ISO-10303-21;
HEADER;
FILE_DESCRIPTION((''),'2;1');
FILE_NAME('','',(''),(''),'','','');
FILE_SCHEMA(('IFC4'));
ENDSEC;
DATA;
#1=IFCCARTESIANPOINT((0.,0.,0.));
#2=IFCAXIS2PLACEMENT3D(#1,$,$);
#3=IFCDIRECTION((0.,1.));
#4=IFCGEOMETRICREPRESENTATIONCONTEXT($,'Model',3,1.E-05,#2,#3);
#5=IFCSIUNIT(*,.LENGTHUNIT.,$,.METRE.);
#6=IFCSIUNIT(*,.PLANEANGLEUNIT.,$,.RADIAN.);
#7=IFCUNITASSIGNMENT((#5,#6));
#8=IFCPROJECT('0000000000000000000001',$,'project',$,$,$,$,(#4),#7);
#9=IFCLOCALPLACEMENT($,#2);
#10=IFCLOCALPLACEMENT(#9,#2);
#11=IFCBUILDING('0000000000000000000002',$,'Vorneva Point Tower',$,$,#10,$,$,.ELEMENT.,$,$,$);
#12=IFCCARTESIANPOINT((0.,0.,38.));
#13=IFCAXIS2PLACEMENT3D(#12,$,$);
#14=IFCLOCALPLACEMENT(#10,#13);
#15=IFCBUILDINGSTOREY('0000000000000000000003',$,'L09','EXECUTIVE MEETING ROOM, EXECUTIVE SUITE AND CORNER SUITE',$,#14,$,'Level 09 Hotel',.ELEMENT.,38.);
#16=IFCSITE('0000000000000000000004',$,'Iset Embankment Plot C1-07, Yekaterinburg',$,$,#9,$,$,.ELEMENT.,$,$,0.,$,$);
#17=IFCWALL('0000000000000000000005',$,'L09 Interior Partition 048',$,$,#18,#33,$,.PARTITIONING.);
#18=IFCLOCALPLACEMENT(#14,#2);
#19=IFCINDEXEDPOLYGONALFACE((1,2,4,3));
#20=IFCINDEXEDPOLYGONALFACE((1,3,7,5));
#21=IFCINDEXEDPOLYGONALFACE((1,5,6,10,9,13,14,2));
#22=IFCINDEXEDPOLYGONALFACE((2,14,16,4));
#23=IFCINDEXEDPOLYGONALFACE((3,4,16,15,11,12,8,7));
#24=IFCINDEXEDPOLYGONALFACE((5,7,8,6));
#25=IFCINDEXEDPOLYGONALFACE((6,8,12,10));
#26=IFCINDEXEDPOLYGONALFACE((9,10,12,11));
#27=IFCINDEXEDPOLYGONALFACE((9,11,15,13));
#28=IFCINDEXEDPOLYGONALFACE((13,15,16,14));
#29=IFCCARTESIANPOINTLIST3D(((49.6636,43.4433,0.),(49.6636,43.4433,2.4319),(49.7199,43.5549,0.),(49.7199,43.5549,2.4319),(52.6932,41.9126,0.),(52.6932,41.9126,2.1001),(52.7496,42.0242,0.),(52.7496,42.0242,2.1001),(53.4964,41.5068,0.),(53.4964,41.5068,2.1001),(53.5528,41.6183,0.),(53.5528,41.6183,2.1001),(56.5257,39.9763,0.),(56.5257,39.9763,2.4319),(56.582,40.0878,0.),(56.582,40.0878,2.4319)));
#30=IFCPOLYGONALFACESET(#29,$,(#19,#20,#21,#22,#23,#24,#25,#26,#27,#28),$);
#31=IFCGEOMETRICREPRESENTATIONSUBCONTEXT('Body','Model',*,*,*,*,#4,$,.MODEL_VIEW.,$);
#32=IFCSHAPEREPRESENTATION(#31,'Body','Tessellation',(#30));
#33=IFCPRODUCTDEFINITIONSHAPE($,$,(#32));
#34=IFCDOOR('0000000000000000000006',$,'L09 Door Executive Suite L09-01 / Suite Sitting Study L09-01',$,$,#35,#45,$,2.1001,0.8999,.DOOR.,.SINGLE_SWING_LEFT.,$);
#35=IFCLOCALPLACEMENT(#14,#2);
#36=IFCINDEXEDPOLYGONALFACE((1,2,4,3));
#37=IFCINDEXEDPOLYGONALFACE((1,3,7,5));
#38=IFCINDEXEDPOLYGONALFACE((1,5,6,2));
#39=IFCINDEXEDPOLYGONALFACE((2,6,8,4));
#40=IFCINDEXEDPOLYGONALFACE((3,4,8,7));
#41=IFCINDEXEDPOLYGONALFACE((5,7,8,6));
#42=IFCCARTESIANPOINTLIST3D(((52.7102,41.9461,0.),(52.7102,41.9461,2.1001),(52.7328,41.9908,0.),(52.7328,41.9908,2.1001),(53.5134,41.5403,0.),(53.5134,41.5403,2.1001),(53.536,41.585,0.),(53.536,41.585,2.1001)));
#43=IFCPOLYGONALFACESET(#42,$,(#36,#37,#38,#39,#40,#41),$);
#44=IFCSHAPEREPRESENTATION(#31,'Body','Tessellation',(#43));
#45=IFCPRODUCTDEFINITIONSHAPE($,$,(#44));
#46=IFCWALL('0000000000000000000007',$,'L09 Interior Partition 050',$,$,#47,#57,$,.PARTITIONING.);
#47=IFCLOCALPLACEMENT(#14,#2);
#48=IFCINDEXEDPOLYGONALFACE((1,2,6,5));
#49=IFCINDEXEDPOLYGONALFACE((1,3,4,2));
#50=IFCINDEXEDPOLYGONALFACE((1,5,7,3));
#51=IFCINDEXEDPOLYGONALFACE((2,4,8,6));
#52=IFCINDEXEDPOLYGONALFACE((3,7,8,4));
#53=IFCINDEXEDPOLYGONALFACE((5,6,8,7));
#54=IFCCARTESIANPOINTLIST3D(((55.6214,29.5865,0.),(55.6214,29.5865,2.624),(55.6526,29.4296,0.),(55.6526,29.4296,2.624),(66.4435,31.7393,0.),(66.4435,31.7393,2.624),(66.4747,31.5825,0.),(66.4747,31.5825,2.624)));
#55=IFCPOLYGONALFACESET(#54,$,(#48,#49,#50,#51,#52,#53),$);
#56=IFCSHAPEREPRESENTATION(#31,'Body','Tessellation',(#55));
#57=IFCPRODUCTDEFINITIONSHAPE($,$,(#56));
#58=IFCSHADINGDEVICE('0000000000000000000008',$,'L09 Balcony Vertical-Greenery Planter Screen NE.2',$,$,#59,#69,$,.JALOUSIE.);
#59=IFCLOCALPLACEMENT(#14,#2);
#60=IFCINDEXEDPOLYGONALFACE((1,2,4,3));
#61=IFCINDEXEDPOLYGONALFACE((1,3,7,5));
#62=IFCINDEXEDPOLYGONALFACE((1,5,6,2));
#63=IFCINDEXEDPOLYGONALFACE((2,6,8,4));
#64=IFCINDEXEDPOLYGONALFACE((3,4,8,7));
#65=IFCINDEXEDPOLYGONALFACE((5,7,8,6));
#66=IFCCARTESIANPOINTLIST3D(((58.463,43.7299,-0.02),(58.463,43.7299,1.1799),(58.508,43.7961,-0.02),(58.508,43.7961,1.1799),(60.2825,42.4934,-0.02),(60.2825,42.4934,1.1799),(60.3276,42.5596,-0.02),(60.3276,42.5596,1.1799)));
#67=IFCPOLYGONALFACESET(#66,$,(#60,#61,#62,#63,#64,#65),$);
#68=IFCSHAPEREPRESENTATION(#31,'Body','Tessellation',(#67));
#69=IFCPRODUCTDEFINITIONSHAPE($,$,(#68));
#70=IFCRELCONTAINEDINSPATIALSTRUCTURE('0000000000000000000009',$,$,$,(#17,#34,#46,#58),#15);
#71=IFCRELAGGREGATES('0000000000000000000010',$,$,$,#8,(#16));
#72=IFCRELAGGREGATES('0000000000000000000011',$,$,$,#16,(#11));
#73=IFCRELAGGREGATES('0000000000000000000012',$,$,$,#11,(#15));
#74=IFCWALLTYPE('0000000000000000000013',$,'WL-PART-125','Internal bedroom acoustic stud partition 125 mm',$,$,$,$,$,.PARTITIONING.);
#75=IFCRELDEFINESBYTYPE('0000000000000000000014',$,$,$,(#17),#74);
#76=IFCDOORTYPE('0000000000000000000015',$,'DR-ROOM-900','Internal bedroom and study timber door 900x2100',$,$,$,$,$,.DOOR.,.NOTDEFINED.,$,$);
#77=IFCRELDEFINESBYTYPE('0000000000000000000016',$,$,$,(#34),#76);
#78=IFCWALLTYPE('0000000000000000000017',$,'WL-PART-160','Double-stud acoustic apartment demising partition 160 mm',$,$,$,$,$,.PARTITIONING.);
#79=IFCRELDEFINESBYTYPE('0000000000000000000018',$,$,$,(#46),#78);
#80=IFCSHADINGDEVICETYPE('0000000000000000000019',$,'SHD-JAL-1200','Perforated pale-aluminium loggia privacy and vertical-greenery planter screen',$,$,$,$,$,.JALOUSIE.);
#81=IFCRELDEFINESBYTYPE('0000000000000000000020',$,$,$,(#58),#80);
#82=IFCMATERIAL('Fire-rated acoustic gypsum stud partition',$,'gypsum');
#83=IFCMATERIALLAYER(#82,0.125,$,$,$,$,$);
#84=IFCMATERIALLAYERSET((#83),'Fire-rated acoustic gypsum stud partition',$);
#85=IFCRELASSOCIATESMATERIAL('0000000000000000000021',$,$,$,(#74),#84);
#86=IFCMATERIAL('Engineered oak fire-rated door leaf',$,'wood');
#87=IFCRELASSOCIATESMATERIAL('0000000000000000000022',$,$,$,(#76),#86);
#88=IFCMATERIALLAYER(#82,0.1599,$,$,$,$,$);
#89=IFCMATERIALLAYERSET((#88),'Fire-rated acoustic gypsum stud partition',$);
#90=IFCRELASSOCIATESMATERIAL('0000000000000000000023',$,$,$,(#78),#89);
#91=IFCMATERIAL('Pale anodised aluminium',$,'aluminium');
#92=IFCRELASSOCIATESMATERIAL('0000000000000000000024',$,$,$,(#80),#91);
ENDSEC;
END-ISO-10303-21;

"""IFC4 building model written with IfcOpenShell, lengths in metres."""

from ifc_helpers import new_model, si_unit, direction, frame, frame_2d, origin, origin_2d, place, context, subcontext, project, spatial, rectangle, extrude, material, layer, layer_set, type_object, element, fill, save


model = new_model("IFC4")

# Units and contexts
model_context = context("Model", 3, precision=1e-05, world=origin(), true_north=direction((0.0, 1.0)))
body_context = subcontext(model_context, "Body", "Model", "MODEL_VIEW")
ifc_project = project(units=[si_unit("LENGTHUNIT", "METRE"), si_unit("PLANEANGLEUNIT", "RADIAN")], contexts=[model_context])

# Site, building, storey
site_placement = place(None, origin())
site = spatial("IfcSite", under=ifc_project, at=site_placement, Name="Iset Embankment Plot C1-07, Yekaterinburg", CompositionType="ELEMENT", RefElevation=0.0)
building_placement = place(site_placement, origin())
building = spatial("IfcBuilding", under=site, at=building_placement, Name="Vorneva Point Tower", CompositionType="ELEMENT")
storey_placement = place(building_placement, frame((0.0, 0.0, 38.0)))
storey = spatial("IfcBuildingStorey", under=building, at=storey_placement, Name="L09", Description="EXECUTIVE MEETING ROOM, EXECUTIVE SUITE AND CORNER SUITE", LongName="Level 09 Hotel", CompositionType="ELEMENT", Elevation=38.0)

# Shared definitions
ifc_material_1 = material(Name="Pale anodised aluminium", Category="aluminium")

# Shared definitions
ifc_material_2 = material(Name="Fire-rated acoustic gypsum stud partition", Category="gypsum")
ifc_layer_1 = layer(ifc_material_2, 0.125)
ifc_layer_set_1 = layer_set([ifc_layer_1], Name="Fire-rated acoustic gypsum stud partition")
wall_type_1 = type_object("IfcWallType", Name="WL-PART-125", Description="Internal bedroom acoustic stud partition 125 mm", PredefinedType="PARTITIONING", material=ifc_layer_set_1)

# Wall, opening, door
wall_1_placement = place(storey_placement, frame((56.554, 40.032, 0.0), z_axis=(0.0, 0.0, 1.0), x_axis=(-0.892546, 0.450957, 0.0)))
wall_1 = element("IfcWall", 1, at=wall_1_placement, inside=storey, type_object=wall_type_1, Name="L09 Interior Partition 048", PredefinedType="PARTITIONING", context=body_context, shape_type="SweptSolid", body=[
    extrude(rectangle(XDim=7.6882, YDim=0.125, at=frame_2d((3.8442, 0.0))), origin(), (0.0, 0.0, 1.0), 2.4319),
])
opening_1_placement = place(wall_1_placement, frame((3.394, 0.0, 0.0)))
opening_1 = element("IfcOpeningElement", 2, at=opening_1_placement, cuts=wall_1, PredefinedType="OPENING", context=body_context, shape_type="SweptSolid", body=[
    extrude(rectangle(XDim=0.8999, YDim=2.1001, at=frame_2d((0.45, 1.05))), frame((0.0, 0.0774, 0.0), z_axis=(0.0, -1.0, 0.0), x_axis=(1.0, 0.0, 0.0)), (0.0, 0.0, 1.0), 0.1548),
])
ifc_material_3 = material(Name="Engineered oak fire-rated door leaf", Category="wood")
door_type_1 = type_object("IfcDoorType", Name="DR-ROOM-900", Description="Internal bedroom and study timber door 900x2100", OperationType="NOTDEFINED", PredefinedType="DOOR", material=ifc_material_3)
door_1_placement = place(opening_1_placement, origin())
door_1 = element("IfcDoor", 3, at=door_1_placement, inside=storey, type_object=door_type_1, Name="L09 Door Executive Suite L09-01 / Suite Sitting Study L09-01", OperationType="SINGLE_SWING_LEFT", OverallHeight=2.1001, OverallWidth=0.8999, PredefinedType="DOOR", context=body_context, shape_type="SweptSolid", body=[
    extrude(rectangle(XDim=0.8999, YDim=2.1001, at=frame_2d((0.45, 1.05))), frame((0.0, 0.0249, 0.0), z_axis=(0.0, -1.0, 0.0), x_axis=(1.0, 0.0, 0.0)), (0.0, 0.0, 1.0), 0.05),
])
fill(opening_1, door_1)

# Wall
ifc_layer_2 = layer(ifc_material_2, 0.1599)
ifc_layer_set_2 = layer_set([ifc_layer_2], Name="Fire-rated acoustic gypsum stud partition")
wall_type_2 = type_object("IfcWallType", Name="WL-PART-160", Description="Double-stud acoustic apartment demising partition 160 mm", PredefinedType="PARTITIONING", material=ifc_layer_set_2)
wall_2_placement = place(storey_placement, frame((55.637, 29.5081, 0.0), z_axis=(0.0, 0.0, 1.0), x_axis=(0.980782, 0.195108, 0.0)))
element("IfcWall", 4, at=wall_2_placement, inside=storey, type_object=wall_type_2, Name="L09 Interior Partition 050", PredefinedType="PARTITIONING", context=body_context, shape_type="SweptSolid", body=[
    extrude(rectangle(XDim=11.0342, YDim=0.1599, at=frame_2d((5.5171, 0.0))), origin(), (0.0, 0.0, 1.0), 2.624),
])

# Shading device
shading_device_type = type_object("IfcShadingDeviceType", Name="SHD-JAL-1200", Description="Perforated pale-aluminium loggia privacy and vertical-greenery planter screen", PredefinedType="JALOUSIE", material=ifc_material_1)
shading_device_placement = place(storey_placement, frame((59.3953, 43.1448, -0.02), z_axis=(0.0, 0.0, 1.0), x_axis=(-0.8271, 0.562055, 0.0)))
element("IfcShadingDevice", 5, at=shading_device_placement, inside=storey, type_object=shading_device_type, Name="L09 Balcony Vertical-Greenery Planter Screen NE.2", PredefinedType="JALOUSIE", context=body_context, shape_type="SweptSolid", body=[
    extrude(rectangle(XDim=2.2, YDim=0.0801, at=origin_2d()), origin(), (0.0, 0.0, 1.0), 1.2),
])

save(model, "model.ifc")
